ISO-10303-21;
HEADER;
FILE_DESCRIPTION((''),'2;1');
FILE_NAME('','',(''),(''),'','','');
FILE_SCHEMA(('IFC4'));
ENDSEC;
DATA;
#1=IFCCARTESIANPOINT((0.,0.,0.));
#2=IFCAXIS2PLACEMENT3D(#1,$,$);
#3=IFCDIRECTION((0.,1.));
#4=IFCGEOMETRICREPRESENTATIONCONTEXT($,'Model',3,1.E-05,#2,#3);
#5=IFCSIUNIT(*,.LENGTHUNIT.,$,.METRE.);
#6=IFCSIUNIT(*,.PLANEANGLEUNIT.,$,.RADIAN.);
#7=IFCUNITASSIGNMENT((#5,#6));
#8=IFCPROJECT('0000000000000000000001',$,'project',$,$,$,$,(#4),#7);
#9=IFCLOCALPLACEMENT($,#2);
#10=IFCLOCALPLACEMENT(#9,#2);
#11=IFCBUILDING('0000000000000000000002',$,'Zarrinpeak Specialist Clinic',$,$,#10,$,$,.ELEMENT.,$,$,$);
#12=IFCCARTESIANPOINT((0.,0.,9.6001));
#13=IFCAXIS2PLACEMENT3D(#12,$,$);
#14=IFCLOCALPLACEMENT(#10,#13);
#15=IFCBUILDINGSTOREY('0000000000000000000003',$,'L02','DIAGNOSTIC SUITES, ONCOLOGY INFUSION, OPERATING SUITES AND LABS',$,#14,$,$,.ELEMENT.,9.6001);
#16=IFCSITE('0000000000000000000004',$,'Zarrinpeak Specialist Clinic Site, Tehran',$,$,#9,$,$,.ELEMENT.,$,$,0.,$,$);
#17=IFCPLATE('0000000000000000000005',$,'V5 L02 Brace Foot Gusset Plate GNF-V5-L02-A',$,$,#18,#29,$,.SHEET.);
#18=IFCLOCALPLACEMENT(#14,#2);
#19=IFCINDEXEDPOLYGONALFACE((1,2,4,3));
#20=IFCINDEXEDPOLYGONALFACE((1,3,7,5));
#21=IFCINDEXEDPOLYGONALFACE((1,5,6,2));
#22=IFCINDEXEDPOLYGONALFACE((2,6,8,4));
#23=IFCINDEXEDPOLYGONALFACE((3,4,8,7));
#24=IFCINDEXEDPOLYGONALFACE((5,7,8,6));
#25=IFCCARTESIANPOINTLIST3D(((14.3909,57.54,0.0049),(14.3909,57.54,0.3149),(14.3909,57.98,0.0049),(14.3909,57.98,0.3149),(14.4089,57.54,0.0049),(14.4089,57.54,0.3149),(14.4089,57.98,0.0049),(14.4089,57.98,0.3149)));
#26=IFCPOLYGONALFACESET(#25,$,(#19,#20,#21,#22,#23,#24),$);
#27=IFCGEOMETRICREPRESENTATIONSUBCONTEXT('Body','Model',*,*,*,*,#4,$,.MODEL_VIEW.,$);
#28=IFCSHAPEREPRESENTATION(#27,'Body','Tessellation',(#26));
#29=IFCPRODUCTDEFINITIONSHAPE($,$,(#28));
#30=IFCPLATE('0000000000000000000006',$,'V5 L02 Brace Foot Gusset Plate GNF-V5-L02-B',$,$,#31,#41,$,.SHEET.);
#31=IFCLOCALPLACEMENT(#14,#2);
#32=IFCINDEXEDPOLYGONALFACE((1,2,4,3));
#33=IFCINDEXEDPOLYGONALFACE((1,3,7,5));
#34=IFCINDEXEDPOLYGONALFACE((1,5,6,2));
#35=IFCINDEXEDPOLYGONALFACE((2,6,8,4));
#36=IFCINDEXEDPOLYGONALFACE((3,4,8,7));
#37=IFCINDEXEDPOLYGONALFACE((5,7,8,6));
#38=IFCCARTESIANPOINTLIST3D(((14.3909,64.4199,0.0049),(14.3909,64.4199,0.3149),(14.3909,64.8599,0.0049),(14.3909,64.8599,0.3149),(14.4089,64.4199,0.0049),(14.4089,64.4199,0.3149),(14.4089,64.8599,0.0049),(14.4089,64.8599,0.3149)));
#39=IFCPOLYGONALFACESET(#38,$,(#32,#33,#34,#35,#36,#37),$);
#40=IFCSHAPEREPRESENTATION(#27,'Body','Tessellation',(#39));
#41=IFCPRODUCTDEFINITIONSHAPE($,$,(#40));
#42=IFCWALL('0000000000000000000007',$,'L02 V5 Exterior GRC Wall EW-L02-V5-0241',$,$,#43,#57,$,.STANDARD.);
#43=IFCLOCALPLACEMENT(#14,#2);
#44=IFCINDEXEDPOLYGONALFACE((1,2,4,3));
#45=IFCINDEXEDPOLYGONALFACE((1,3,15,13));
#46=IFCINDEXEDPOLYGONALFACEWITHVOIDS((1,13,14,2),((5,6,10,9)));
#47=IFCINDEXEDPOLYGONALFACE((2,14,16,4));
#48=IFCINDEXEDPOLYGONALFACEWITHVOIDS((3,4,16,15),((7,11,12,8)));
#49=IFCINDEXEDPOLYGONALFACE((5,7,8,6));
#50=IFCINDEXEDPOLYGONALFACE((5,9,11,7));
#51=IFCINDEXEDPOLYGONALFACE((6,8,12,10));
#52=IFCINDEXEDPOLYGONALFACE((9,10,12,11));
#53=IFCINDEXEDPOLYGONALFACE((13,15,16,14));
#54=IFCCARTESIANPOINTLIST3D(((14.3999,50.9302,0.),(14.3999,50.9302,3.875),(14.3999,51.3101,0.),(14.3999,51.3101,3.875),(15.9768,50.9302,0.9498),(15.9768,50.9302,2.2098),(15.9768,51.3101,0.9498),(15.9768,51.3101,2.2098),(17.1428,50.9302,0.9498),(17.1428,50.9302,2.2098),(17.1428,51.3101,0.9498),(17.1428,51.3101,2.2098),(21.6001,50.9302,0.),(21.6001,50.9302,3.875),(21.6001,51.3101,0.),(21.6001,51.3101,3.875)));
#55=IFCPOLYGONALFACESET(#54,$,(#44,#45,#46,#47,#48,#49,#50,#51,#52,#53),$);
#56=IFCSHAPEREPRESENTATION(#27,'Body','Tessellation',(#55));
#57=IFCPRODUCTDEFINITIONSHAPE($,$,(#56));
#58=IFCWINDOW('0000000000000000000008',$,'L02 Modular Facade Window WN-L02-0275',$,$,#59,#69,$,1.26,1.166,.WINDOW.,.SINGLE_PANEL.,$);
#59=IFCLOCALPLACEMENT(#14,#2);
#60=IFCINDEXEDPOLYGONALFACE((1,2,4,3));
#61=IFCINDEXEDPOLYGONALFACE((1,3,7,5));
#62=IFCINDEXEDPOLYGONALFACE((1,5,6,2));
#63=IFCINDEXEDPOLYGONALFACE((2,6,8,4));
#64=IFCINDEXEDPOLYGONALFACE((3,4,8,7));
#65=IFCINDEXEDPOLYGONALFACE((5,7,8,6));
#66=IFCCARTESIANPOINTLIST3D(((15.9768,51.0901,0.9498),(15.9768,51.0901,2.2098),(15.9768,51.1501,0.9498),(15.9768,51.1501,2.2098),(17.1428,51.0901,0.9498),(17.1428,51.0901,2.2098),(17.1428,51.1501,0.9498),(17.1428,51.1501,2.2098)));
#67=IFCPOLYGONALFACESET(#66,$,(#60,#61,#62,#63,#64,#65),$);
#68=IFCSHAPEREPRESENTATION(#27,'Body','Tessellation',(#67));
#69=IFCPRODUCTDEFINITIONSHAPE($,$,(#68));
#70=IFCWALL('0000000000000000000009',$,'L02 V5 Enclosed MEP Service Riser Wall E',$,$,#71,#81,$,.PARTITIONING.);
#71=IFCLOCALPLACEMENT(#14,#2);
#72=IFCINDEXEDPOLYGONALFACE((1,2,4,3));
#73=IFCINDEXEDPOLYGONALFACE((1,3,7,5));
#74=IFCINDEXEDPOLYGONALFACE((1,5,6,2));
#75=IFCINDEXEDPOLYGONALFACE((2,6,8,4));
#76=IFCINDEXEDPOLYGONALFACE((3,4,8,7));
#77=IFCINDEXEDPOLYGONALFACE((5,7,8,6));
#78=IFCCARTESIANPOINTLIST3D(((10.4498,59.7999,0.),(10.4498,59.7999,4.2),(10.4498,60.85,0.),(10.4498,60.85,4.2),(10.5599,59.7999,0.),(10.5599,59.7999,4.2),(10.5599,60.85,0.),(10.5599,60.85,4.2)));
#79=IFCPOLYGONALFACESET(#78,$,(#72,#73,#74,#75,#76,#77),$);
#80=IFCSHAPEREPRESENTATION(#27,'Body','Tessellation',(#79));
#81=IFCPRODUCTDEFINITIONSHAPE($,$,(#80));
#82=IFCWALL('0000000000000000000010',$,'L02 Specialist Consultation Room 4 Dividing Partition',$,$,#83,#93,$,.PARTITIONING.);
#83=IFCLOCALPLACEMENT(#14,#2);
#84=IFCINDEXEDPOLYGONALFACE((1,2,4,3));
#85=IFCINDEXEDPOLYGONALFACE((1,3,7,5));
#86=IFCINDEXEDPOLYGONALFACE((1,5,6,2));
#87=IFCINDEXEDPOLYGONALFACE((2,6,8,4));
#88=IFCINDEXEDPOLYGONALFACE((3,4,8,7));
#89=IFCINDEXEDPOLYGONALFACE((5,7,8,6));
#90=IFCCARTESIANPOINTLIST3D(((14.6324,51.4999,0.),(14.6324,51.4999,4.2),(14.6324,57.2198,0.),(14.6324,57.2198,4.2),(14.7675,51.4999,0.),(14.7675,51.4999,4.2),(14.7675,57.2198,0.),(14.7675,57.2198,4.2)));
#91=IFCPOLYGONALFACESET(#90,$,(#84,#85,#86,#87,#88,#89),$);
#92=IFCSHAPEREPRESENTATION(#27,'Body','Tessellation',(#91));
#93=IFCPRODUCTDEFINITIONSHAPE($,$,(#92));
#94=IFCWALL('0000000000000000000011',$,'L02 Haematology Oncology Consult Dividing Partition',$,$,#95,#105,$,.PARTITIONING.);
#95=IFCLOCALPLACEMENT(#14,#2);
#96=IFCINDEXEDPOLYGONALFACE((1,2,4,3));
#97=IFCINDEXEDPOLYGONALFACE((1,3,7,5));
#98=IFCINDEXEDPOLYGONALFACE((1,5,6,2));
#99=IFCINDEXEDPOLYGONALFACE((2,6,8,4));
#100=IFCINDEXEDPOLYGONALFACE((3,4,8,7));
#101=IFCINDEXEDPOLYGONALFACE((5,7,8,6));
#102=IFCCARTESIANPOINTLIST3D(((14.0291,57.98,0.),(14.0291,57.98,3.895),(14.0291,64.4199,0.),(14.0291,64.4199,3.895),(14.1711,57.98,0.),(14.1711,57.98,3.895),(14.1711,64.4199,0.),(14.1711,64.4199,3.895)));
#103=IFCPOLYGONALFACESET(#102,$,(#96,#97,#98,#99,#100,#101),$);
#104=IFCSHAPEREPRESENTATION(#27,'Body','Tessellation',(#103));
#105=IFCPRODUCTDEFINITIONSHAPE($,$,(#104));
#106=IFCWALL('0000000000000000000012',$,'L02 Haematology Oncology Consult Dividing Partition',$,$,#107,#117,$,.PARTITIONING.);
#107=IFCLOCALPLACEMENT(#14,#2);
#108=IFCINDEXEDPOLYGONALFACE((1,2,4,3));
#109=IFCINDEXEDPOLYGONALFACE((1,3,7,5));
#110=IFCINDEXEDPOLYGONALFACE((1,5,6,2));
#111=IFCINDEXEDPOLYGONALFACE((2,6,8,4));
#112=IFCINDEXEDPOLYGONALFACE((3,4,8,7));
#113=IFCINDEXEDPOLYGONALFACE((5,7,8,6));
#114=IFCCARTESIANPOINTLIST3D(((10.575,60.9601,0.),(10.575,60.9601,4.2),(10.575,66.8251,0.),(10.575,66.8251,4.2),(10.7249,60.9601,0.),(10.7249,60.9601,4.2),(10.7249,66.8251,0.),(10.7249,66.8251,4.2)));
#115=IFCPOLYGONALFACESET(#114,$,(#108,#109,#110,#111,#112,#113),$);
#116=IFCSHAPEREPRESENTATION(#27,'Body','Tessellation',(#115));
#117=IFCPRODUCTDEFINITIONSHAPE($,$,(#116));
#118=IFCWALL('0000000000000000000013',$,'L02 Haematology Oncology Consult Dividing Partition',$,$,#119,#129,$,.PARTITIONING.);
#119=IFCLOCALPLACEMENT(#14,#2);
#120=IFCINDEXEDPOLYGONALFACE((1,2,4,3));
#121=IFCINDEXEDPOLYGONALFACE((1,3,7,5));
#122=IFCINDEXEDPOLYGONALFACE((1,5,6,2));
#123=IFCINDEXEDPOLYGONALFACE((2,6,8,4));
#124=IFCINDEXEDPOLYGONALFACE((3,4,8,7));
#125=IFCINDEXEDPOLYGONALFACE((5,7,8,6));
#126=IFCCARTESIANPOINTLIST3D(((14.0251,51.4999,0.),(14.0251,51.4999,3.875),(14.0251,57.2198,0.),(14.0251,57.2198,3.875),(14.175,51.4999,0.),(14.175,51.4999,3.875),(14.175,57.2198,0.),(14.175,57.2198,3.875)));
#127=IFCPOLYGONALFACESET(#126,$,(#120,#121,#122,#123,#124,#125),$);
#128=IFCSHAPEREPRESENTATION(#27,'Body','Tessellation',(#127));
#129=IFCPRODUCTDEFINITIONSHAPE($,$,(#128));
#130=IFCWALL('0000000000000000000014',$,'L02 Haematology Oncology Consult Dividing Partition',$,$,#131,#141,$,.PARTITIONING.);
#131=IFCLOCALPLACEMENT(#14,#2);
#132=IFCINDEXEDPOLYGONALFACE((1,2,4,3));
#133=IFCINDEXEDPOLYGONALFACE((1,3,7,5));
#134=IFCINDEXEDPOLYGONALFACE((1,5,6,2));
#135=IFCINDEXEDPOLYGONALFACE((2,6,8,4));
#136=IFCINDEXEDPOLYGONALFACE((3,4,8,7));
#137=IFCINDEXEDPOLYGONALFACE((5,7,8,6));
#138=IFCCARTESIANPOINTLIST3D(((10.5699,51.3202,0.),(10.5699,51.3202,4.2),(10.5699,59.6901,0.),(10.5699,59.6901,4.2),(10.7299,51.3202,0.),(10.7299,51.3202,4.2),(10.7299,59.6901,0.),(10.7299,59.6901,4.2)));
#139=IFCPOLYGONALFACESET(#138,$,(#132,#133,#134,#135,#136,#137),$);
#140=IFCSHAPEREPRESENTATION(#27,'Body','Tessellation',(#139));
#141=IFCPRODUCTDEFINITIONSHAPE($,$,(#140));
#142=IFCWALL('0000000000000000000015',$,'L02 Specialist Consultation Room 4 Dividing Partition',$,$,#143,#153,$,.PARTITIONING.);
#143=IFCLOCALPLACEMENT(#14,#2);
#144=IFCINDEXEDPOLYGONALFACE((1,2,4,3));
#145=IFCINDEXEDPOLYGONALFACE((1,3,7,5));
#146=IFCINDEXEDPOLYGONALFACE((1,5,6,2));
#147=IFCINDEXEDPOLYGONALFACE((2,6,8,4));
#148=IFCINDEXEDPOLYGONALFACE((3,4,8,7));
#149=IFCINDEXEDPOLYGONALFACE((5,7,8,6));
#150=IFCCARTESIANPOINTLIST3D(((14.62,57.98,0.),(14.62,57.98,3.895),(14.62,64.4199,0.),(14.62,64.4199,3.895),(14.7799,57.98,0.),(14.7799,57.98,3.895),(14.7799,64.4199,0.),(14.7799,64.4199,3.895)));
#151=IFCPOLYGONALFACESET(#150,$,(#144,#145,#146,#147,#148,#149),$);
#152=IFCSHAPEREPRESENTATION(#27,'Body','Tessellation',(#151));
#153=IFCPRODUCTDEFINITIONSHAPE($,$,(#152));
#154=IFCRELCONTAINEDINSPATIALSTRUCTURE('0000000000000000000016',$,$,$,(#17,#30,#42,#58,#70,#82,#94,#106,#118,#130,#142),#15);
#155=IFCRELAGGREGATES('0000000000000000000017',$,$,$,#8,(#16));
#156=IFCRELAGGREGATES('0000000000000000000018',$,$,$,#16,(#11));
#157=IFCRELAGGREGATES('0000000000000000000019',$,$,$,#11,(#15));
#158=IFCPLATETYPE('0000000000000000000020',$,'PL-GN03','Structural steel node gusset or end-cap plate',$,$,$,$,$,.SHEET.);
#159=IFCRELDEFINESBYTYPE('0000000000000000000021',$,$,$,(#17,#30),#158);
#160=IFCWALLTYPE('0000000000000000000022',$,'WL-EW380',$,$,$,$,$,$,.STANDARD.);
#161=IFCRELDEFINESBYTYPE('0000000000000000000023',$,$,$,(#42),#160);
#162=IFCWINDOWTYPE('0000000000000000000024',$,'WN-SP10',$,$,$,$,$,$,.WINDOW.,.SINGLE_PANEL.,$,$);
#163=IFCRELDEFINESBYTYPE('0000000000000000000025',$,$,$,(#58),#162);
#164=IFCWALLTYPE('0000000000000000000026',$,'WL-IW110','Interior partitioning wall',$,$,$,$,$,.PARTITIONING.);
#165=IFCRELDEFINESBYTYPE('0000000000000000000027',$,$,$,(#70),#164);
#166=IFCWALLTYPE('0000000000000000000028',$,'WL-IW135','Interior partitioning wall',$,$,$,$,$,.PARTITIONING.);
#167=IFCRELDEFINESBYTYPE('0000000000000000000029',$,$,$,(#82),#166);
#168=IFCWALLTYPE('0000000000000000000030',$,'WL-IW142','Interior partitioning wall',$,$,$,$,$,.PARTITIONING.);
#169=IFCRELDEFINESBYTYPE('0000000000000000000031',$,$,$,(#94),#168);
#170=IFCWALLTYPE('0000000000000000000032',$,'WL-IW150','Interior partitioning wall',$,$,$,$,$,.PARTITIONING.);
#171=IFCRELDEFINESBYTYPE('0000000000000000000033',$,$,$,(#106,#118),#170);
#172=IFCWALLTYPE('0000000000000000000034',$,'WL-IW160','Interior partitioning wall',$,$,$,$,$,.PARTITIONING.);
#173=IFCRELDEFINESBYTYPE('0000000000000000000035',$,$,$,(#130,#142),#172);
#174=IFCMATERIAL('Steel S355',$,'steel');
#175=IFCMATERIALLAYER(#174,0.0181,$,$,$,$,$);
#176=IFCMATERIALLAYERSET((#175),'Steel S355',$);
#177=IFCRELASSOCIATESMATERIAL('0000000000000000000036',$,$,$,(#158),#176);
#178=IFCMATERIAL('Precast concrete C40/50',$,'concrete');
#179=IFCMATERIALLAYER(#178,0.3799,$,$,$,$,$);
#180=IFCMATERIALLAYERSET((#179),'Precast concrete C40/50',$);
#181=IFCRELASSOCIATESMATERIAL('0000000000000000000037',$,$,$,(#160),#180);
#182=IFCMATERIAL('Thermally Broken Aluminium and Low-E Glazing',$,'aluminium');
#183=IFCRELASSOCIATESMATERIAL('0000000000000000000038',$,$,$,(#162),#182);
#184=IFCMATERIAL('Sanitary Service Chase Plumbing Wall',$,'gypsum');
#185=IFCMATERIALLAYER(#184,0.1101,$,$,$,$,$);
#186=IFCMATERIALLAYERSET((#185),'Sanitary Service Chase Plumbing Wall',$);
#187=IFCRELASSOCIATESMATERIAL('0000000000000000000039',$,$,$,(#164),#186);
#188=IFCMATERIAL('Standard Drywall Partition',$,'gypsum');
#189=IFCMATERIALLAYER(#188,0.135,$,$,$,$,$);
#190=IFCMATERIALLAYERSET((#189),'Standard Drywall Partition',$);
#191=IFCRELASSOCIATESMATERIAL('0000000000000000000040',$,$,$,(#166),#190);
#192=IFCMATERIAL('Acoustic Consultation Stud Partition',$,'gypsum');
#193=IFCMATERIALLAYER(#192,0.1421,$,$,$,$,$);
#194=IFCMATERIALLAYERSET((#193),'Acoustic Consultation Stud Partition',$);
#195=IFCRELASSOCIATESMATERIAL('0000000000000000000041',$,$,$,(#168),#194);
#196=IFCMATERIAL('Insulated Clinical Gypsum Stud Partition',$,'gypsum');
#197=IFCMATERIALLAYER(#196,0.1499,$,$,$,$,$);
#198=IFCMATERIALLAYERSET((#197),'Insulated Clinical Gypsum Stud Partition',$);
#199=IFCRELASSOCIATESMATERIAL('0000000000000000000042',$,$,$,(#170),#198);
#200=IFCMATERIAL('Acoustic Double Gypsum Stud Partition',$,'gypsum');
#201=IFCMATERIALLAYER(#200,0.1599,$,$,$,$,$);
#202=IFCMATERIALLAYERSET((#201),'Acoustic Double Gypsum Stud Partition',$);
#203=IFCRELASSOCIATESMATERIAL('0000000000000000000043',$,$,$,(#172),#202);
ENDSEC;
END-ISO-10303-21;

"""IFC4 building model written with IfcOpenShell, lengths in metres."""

from ifc_helpers import new_model, si_unit, direction, frame, frame_2d, origin, origin_2d, place, context, subcontext, project, spatial, rectangle, extrude, material, layer, layer_set, type_object, element, fill, save


model = new_model("IFC4")

# Units and contexts
model_context = context("Model", 3, precision=1e-05, world=origin(), true_north=direction((0.0, 1.0)))
body_context = subcontext(model_context, "Body", "Model", "MODEL_VIEW")
ifc_project = project(units=[si_unit("LENGTHUNIT", "METRE"), si_unit("PLANEANGLEUNIT", "RADIAN")], contexts=[model_context])

# Site, building, storey
site_placement = place(None, origin())
site = spatial("IfcSite", under=ifc_project, at=site_placement, Name="Zarrinpeak Specialist Clinic Site, Tehran", CompositionType="ELEMENT", RefElevation=0.0)
building_placement = place(site_placement, origin())
building = spatial("IfcBuilding", under=site, at=building_placement, Name="Zarrinpeak Specialist Clinic", CompositionType="ELEMENT")
storey_placement = place(building_placement, frame((0.0, 0.0, 9.6001)))
storey = spatial("IfcBuildingStorey", under=building, at=storey_placement, Name="L02", Description="DIAGNOSTIC SUITES, ONCOLOGY INFUSION, OPERATING SUITES AND LABS", CompositionType="ELEMENT", Elevation=9.6001)

# Shared definitions
ifc_material_1 = material(Name="Steel S355", Category="steel")

# Plates
ifc_layer_1 = layer(ifc_material_1, 0.0181)
ifc_layer_set_1 = layer_set([ifc_layer_1], Name="Steel S355")
plate_type_1 = type_object("IfcPlateType", Name="PL-GN03", Description="Structural steel node gusset or end-cap plate", PredefinedType="SHEET", material=ifc_layer_set_1)
for number, where, z_axis, x_axis, name in (
    (1, (14.3999, 57.76, 0.0049), (0.0, 0.0, 1.0), (1.0, 0.0, 0.0), "V5 L02 Brace Foot Gusset Plate GNF-V5-L02-A"),
    (2, (14.3999, 64.6399, 0.0049), (0.0, 0.0, 1.0), (1.0, 0.0, 0.0), "V5 L02 Brace Foot Gusset Plate GNF-V5-L02-B"),
):
    element("IfcPlate", number, at=place(storey_placement, frame(where, z_axis=z_axis, x_axis=x_axis)), inside=storey, type_object=plate_type_1, Name=name, PredefinedType="SHEET", context=body_context, shape_type="SweptSolid", body=[
        extrude(rectangle(XDim=0.0181, YDim=0.4399, at=origin_2d()), origin(), (0.0, 0.0, 1.0), 0.3101),
    ])

# Wall, opening, window
ifc_material_2 = material(Name="Precast concrete C40/50", Category="concrete")
ifc_layer_2 = layer(ifc_material_2, 0.3799)
ifc_layer_set_2 = layer_set([ifc_layer_2], Name="Precast concrete C40/50")
wall_type_1 = type_object("IfcWallType", Name="WL-EW380", PredefinedType="STANDARD", material=ifc_layer_set_2)
wall_1_placement = place(storey_placement, frame((14.3999, 51.1201, 0.0), z_axis=(0.0, 0.0, 1.0), x_axis=(1.0, 0.0, 0.0)))
wall_1 = element("IfcWall", 3, at=wall_1_placement, inside=storey, type_object=wall_type_1, Name="L02 V5 Exterior GRC Wall EW-L02-V5-0241", PredefinedType="STANDARD", context=body_context, shape_type="SweptSolid", body=[
    extrude(rectangle(XDim=7.2002, YDim=0.3799, at=frame_2d((3.6001, 0.0))), origin(), (0.0, 0.0, 1.0), 3.875),
])
opening_placement = place(wall_1_placement, frame((1.5769, 0.0, 0.95)))
opening = element("IfcOpeningElement", 4, at=opening_placement, cuts=wall_1, PredefinedType="OPENING", context=body_context, shape_type="SweptSolid", body=[
    extrude(rectangle(XDim=1.166, YDim=1.26, at=frame_2d((0.583, 0.6299))), frame((0.0, 0.2, 0.0), z_axis=(0.0, -1.0, 0.0), x_axis=(1.0, 0.0, 0.0)), (0.0, 0.0, 1.0), 0.3999),
])
ifc_material_3 = material(Name="Thermally Broken Aluminium and Low-E Glazing", Category="aluminium")
window_type = type_object("IfcWindowType", Name="WN-SP10", PartitioningType="SINGLE_PANEL", PredefinedType="WINDOW", material=ifc_material_3)
window_placement = place(opening_placement, origin())
window = element("IfcWindow", 5, at=window_placement, inside=storey, type_object=window_type, Name="L02 Modular Facade Window WN-L02-0275", OverallHeight=1.26, OverallWidth=1.166, PartitioningType="SINGLE_PANEL", PredefinedType="WINDOW", context=body_context, shape_type="SweptSolid", body=[
    extrude(rectangle(XDim=1.166, YDim=1.26, at=frame_2d((0.583, 0.6299))), frame((0.0, 0.03, 0.0), z_axis=(0.0, -1.0, 0.0), x_axis=(1.0, 0.0, 0.0)), (0.0, 0.0, 1.0), 0.0601),
])
fill(opening, window)

# Walls
ifc_material_4 = material(Name="Sanitary Service Chase Plumbing Wall", Category="gypsum")
ifc_layer_3 = layer(ifc_material_4, 0.1101)
ifc_layer_set_3 = layer_set([ifc_layer_3], Name="Sanitary Service Chase Plumbing Wall")
wall_type_2 = type_object("IfcWallType", Name="WL-IW110", Description="Interior partitioning wall", PredefinedType="PARTITIONING", material=ifc_layer_set_3)
wall_2_placement = place(storey_placement, frame((10.5049, 59.8, 0.0), z_axis=(0.0, 0.0, 1.0), x_axis=(0.0, 1.0, 0.0)))
element("IfcWall", 6, at=wall_2_placement, inside=storey, type_object=wall_type_2, Name="L02 V5 Enclosed MEP Service Riser Wall E", PredefinedType="PARTITIONING", context=body_context, shape_type="SweptSolid", body=[
    extrude(rectangle(XDim=1.05, YDim=0.1101, at=frame_2d((0.5249, 0.0))), origin(), (0.0, 0.0, 1.0), 4.2),
])
ifc_material_5 = material(Name="Standard Drywall Partition", Category="gypsum")
ifc_layer_4 = layer(ifc_material_5, 0.135)
ifc_layer_set_4 = layer_set([ifc_layer_4], Name="Standard Drywall Partition")
wall_type_3 = type_object("IfcWallType", Name="WL-IW135", Description="Interior partitioning wall", PredefinedType="PARTITIONING", material=ifc_layer_set_4)
wall_3_placement = place(storey_placement, frame((14.7, 51.5, 0.0), z_axis=(0.0, 0.0, 1.0), x_axis=(0.0, 1.0, 0.0)))
element("IfcWall", 7, at=wall_3_placement, inside=storey, type_object=wall_type_3, Name="L02 Specialist Consultation Room 4 Dividing Partition", PredefinedType="PARTITIONING", context=body_context, shape_type="SweptSolid", body=[
    extrude(rectangle(XDim=5.72, YDim=0.135, at=frame_2d((2.8599, 0.0))), origin(), (0.0, 0.0, 1.0), 4.2),
])
ifc_material_6 = material(Name="Acoustic Consultation Stud Partition", Category="gypsum")
ifc_layer_5 = layer(ifc_material_6, 0.1421)
ifc_layer_set_5 = layer_set([ifc_layer_5], Name="Acoustic Consultation Stud Partition")
wall_type_4 = type_object("IfcWallType", Name="WL-IW142", Description="Interior partitioning wall", PredefinedType="PARTITIONING", material=ifc_layer_set_5)
wall_4_placement = place(storey_placement, frame((14.1001, 57.98, 0.0), z_axis=(0.0, 0.0, 1.0), x_axis=(0.0, 1.0, 0.0)))
element("IfcWall", 8, at=wall_4_placement, inside=storey, type_object=wall_type_4, Name="L02 Haematology Oncology Consult Dividing Partition", PredefinedType="PARTITIONING", context=body_context, shape_type="SweptSolid", body=[
    extrude(rectangle(XDim=6.4399, YDim=0.1421, at=frame_2d((3.22, 0.0))), origin(), (0.0, 0.0, 1.0), 3.895),
])
ifc_material_7 = material(Name="Insulated Clinical Gypsum Stud Partition", Category="gypsum")
ifc_layer_6 = layer(ifc_material_7, 0.1499)
ifc_layer_set_6 = layer_set([ifc_layer_6], Name="Insulated Clinical Gypsum Stud Partition")
wall_type_5 = type_object("IfcWallType", Name="WL-IW150", Description="Interior partitioning wall", PredefinedType="PARTITIONING", material=ifc_layer_set_6)
wall_5_placement = place(storey_placement, frame((10.6499, 60.96, 0.0), z_axis=(0.0, 0.0, 1.0), x_axis=(0.0, 1.0, 0.0)))
element("IfcWall", 9, at=wall_5_placement, inside=storey, type_object=wall_type_5, Name="L02 Haematology Oncology Consult Dividing Partition", PredefinedType="PARTITIONING", context=body_context, shape_type="SweptSolid", body=[
    extrude(rectangle(XDim=5.865, YDim=0.1499, at=frame_2d((2.9326, 0.0))), origin(), (0.0, 0.0, 1.0), 4.2),
])
wall_6_placement = place(storey_placement, frame((14.1001, 51.5, 0.0), z_axis=(0.0, 0.0, 1.0), x_axis=(0.0, 1.0, 0.0)))
element("IfcWall", 10, at=wall_6_placement, inside=storey, type_object=wall_type_5, Name="L02 Haematology Oncology Consult Dividing Partition", PredefinedType="PARTITIONING", context=body_context, shape_type="SweptSolid", body=[
    extrude(rectangle(XDim=5.72, YDim=0.1499, at=frame_2d((2.8599, 0.0))), origin(), (0.0, 0.0, 1.0), 3.875),
])
ifc_material_8 = material(Name="Acoustic Double Gypsum Stud Partition", Category="gypsum")
ifc_layer_7 = layer(ifc_material_8, 0.1599)
ifc_layer_set_7 = layer_set([ifc_layer_7], Name="Acoustic Double Gypsum Stud Partition")
wall_type_6 = type_object("IfcWallType", Name="WL-IW160", Description="Interior partitioning wall", PredefinedType="PARTITIONING", material=ifc_layer_set_7)
wall_7_placement = place(storey_placement, frame((10.6499, 51.3201, 0.0), z_axis=(0.0, 0.0, 1.0), x_axis=(0.0, 1.0, 0.0)))
element("IfcWall", 11, at=wall_7_placement, inside=storey, type_object=wall_type_6, Name="L02 Haematology Oncology Consult Dividing Partition", PredefinedType="PARTITIONING", context=body_context, shape_type="SweptSolid", body=[
    extrude(rectangle(XDim=8.3699, YDim=0.1599, at=frame_2d((4.1851, 0.0))), origin(), (0.0, 0.0, 1.0), 4.2),
])
wall_8_placement = place(storey_placement, frame((14.7, 57.98, 0.0), z_axis=(0.0, 0.0, 1.0), x_axis=(0.0, 1.0, 0.0)))
element("IfcWall", 12, at=wall_8_placement, inside=storey, type_object=wall_type_6, Name="L02 Specialist Consultation Room 4 Dividing Partition", PredefinedType="PARTITIONING", context=body_context, shape_type="SweptSolid", body=[
    extrude(rectangle(XDim=6.4399, YDim=0.1599, at=frame_2d((3.22, 0.0))), origin(), (0.0, 0.0, 1.0), 3.895),
])

save(model, "model.ifc")
